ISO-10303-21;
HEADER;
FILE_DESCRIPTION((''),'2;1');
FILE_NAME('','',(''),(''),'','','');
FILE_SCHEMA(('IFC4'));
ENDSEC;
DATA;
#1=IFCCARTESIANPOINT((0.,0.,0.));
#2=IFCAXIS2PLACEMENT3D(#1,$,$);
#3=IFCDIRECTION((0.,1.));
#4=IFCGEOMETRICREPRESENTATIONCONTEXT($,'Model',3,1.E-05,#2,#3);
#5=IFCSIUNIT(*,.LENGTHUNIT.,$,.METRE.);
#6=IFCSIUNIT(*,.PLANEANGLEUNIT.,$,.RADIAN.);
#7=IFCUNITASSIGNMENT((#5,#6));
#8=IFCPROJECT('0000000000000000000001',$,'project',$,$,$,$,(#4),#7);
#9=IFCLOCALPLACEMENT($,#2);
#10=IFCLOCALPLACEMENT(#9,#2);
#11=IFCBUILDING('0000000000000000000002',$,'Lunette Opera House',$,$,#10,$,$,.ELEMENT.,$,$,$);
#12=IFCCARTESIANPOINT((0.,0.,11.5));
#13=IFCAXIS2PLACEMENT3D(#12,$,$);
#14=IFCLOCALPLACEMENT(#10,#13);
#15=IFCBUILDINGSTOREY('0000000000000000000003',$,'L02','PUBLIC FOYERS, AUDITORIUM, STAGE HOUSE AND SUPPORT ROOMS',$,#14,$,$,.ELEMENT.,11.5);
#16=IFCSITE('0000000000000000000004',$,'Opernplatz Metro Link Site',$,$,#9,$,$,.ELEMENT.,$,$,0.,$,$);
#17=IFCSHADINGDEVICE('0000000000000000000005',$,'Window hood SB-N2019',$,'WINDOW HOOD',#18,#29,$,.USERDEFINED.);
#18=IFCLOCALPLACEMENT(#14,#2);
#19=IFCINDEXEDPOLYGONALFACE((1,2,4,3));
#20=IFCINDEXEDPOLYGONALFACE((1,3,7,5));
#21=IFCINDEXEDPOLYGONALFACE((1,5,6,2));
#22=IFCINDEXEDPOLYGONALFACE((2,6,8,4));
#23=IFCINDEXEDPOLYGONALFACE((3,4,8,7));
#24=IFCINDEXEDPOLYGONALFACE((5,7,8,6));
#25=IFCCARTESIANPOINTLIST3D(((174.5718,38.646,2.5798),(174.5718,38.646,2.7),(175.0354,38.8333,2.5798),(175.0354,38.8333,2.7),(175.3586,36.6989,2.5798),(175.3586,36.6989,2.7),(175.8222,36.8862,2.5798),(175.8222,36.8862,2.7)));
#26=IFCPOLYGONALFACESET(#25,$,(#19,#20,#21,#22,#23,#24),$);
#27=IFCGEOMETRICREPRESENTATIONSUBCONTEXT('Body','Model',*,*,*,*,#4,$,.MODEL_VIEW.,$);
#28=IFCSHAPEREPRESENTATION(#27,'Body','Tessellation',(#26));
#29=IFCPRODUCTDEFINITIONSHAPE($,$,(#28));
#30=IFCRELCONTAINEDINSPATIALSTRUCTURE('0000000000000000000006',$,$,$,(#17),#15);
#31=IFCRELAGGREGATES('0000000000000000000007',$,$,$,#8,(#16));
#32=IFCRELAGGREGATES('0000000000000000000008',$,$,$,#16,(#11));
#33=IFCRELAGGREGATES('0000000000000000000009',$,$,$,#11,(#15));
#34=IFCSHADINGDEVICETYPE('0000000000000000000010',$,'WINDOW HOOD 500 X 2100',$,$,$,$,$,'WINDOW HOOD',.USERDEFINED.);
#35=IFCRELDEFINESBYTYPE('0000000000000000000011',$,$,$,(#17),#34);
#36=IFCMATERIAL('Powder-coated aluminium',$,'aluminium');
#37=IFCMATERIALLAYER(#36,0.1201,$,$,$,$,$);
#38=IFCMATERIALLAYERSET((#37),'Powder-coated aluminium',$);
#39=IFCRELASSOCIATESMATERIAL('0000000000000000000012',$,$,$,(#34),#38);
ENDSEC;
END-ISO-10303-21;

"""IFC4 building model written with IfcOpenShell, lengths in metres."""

from ifc_helpers import new_model, si_unit, direction, frame, origin, origin_2d, place, context, subcontext, project, spatial, rectangle, extrude, material, layer, layer_set, type_object, element, save


model = new_model("IFC4")

# Units and contexts
model_context = context("Model", 3, precision=1e-05, world=origin(), true_north=direction((0.0, 1.0)))
body_context = subcontext(model_context, "Body", "Model", "MODEL_VIEW")
ifc_project = project(units=[si_unit("LENGTHUNIT", "METRE"), si_unit("PLANEANGLEUNIT", "RADIAN")], contexts=[model_context])

# Site, building, storey
site_placement = place(None, origin())
site = spatial("IfcSite", under=ifc_project, at=site_placement, Name="Opernplatz Metro Link Site", CompositionType="ELEMENT", RefElevation=0.0)
building_placement = place(site_placement, origin())
building = spatial("IfcBuilding", under=site, at=building_placement, Name="Lunette Opera House", CompositionType="ELEMENT")
storey_placement = place(building_placement, frame((0.0, 0.0, 11.5)))
storey = spatial("IfcBuildingStorey", under=building, at=storey_placement, Name="L02", Description="PUBLIC FOYERS, AUDITORIUM, STAGE HOUSE AND SUPPORT ROOMS", CompositionType="ELEMENT", Elevation=11.5)

# Shading device
ifc_material_1 = material(Name="Powder-coated aluminium", Category="aluminium")
ifc_layer_1 = layer(ifc_material_1, 0.1201)
ifc_layer_set_1 = layer_set([ifc_layer_1], Name="Powder-coated aluminium")
shading_device_type = type_object("IfcShadingDeviceType", Name="WINDOW HOOD 500 X 2100", ElementType="WINDOW HOOD", PredefinedType="USERDEFINED", material=ifc_layer_set_1)
shading_device_placement = place(storey_placement, frame((175.197, 37.7661, 2.5798), z_axis=(0.0, 0.0, 1.0), x_axis=(0.927163, 0.374658, 0.0)))
element("IfcShadingDevice", 1, at=shading_device_placement, inside=storey, type_object=shading_device_type, Name="Window hood SB-N2019", ObjectType="WINDOW HOOD", PredefinedType="USERDEFINED", context=body_context, shape_type="SweptSolid", body=[
    extrude(rectangle(XDim=0.5, YDim=2.1001, at=origin_2d()), origin(), (0.0, 0.0, 1.0), 0.1201),
])

save(model, "model.ifc")
